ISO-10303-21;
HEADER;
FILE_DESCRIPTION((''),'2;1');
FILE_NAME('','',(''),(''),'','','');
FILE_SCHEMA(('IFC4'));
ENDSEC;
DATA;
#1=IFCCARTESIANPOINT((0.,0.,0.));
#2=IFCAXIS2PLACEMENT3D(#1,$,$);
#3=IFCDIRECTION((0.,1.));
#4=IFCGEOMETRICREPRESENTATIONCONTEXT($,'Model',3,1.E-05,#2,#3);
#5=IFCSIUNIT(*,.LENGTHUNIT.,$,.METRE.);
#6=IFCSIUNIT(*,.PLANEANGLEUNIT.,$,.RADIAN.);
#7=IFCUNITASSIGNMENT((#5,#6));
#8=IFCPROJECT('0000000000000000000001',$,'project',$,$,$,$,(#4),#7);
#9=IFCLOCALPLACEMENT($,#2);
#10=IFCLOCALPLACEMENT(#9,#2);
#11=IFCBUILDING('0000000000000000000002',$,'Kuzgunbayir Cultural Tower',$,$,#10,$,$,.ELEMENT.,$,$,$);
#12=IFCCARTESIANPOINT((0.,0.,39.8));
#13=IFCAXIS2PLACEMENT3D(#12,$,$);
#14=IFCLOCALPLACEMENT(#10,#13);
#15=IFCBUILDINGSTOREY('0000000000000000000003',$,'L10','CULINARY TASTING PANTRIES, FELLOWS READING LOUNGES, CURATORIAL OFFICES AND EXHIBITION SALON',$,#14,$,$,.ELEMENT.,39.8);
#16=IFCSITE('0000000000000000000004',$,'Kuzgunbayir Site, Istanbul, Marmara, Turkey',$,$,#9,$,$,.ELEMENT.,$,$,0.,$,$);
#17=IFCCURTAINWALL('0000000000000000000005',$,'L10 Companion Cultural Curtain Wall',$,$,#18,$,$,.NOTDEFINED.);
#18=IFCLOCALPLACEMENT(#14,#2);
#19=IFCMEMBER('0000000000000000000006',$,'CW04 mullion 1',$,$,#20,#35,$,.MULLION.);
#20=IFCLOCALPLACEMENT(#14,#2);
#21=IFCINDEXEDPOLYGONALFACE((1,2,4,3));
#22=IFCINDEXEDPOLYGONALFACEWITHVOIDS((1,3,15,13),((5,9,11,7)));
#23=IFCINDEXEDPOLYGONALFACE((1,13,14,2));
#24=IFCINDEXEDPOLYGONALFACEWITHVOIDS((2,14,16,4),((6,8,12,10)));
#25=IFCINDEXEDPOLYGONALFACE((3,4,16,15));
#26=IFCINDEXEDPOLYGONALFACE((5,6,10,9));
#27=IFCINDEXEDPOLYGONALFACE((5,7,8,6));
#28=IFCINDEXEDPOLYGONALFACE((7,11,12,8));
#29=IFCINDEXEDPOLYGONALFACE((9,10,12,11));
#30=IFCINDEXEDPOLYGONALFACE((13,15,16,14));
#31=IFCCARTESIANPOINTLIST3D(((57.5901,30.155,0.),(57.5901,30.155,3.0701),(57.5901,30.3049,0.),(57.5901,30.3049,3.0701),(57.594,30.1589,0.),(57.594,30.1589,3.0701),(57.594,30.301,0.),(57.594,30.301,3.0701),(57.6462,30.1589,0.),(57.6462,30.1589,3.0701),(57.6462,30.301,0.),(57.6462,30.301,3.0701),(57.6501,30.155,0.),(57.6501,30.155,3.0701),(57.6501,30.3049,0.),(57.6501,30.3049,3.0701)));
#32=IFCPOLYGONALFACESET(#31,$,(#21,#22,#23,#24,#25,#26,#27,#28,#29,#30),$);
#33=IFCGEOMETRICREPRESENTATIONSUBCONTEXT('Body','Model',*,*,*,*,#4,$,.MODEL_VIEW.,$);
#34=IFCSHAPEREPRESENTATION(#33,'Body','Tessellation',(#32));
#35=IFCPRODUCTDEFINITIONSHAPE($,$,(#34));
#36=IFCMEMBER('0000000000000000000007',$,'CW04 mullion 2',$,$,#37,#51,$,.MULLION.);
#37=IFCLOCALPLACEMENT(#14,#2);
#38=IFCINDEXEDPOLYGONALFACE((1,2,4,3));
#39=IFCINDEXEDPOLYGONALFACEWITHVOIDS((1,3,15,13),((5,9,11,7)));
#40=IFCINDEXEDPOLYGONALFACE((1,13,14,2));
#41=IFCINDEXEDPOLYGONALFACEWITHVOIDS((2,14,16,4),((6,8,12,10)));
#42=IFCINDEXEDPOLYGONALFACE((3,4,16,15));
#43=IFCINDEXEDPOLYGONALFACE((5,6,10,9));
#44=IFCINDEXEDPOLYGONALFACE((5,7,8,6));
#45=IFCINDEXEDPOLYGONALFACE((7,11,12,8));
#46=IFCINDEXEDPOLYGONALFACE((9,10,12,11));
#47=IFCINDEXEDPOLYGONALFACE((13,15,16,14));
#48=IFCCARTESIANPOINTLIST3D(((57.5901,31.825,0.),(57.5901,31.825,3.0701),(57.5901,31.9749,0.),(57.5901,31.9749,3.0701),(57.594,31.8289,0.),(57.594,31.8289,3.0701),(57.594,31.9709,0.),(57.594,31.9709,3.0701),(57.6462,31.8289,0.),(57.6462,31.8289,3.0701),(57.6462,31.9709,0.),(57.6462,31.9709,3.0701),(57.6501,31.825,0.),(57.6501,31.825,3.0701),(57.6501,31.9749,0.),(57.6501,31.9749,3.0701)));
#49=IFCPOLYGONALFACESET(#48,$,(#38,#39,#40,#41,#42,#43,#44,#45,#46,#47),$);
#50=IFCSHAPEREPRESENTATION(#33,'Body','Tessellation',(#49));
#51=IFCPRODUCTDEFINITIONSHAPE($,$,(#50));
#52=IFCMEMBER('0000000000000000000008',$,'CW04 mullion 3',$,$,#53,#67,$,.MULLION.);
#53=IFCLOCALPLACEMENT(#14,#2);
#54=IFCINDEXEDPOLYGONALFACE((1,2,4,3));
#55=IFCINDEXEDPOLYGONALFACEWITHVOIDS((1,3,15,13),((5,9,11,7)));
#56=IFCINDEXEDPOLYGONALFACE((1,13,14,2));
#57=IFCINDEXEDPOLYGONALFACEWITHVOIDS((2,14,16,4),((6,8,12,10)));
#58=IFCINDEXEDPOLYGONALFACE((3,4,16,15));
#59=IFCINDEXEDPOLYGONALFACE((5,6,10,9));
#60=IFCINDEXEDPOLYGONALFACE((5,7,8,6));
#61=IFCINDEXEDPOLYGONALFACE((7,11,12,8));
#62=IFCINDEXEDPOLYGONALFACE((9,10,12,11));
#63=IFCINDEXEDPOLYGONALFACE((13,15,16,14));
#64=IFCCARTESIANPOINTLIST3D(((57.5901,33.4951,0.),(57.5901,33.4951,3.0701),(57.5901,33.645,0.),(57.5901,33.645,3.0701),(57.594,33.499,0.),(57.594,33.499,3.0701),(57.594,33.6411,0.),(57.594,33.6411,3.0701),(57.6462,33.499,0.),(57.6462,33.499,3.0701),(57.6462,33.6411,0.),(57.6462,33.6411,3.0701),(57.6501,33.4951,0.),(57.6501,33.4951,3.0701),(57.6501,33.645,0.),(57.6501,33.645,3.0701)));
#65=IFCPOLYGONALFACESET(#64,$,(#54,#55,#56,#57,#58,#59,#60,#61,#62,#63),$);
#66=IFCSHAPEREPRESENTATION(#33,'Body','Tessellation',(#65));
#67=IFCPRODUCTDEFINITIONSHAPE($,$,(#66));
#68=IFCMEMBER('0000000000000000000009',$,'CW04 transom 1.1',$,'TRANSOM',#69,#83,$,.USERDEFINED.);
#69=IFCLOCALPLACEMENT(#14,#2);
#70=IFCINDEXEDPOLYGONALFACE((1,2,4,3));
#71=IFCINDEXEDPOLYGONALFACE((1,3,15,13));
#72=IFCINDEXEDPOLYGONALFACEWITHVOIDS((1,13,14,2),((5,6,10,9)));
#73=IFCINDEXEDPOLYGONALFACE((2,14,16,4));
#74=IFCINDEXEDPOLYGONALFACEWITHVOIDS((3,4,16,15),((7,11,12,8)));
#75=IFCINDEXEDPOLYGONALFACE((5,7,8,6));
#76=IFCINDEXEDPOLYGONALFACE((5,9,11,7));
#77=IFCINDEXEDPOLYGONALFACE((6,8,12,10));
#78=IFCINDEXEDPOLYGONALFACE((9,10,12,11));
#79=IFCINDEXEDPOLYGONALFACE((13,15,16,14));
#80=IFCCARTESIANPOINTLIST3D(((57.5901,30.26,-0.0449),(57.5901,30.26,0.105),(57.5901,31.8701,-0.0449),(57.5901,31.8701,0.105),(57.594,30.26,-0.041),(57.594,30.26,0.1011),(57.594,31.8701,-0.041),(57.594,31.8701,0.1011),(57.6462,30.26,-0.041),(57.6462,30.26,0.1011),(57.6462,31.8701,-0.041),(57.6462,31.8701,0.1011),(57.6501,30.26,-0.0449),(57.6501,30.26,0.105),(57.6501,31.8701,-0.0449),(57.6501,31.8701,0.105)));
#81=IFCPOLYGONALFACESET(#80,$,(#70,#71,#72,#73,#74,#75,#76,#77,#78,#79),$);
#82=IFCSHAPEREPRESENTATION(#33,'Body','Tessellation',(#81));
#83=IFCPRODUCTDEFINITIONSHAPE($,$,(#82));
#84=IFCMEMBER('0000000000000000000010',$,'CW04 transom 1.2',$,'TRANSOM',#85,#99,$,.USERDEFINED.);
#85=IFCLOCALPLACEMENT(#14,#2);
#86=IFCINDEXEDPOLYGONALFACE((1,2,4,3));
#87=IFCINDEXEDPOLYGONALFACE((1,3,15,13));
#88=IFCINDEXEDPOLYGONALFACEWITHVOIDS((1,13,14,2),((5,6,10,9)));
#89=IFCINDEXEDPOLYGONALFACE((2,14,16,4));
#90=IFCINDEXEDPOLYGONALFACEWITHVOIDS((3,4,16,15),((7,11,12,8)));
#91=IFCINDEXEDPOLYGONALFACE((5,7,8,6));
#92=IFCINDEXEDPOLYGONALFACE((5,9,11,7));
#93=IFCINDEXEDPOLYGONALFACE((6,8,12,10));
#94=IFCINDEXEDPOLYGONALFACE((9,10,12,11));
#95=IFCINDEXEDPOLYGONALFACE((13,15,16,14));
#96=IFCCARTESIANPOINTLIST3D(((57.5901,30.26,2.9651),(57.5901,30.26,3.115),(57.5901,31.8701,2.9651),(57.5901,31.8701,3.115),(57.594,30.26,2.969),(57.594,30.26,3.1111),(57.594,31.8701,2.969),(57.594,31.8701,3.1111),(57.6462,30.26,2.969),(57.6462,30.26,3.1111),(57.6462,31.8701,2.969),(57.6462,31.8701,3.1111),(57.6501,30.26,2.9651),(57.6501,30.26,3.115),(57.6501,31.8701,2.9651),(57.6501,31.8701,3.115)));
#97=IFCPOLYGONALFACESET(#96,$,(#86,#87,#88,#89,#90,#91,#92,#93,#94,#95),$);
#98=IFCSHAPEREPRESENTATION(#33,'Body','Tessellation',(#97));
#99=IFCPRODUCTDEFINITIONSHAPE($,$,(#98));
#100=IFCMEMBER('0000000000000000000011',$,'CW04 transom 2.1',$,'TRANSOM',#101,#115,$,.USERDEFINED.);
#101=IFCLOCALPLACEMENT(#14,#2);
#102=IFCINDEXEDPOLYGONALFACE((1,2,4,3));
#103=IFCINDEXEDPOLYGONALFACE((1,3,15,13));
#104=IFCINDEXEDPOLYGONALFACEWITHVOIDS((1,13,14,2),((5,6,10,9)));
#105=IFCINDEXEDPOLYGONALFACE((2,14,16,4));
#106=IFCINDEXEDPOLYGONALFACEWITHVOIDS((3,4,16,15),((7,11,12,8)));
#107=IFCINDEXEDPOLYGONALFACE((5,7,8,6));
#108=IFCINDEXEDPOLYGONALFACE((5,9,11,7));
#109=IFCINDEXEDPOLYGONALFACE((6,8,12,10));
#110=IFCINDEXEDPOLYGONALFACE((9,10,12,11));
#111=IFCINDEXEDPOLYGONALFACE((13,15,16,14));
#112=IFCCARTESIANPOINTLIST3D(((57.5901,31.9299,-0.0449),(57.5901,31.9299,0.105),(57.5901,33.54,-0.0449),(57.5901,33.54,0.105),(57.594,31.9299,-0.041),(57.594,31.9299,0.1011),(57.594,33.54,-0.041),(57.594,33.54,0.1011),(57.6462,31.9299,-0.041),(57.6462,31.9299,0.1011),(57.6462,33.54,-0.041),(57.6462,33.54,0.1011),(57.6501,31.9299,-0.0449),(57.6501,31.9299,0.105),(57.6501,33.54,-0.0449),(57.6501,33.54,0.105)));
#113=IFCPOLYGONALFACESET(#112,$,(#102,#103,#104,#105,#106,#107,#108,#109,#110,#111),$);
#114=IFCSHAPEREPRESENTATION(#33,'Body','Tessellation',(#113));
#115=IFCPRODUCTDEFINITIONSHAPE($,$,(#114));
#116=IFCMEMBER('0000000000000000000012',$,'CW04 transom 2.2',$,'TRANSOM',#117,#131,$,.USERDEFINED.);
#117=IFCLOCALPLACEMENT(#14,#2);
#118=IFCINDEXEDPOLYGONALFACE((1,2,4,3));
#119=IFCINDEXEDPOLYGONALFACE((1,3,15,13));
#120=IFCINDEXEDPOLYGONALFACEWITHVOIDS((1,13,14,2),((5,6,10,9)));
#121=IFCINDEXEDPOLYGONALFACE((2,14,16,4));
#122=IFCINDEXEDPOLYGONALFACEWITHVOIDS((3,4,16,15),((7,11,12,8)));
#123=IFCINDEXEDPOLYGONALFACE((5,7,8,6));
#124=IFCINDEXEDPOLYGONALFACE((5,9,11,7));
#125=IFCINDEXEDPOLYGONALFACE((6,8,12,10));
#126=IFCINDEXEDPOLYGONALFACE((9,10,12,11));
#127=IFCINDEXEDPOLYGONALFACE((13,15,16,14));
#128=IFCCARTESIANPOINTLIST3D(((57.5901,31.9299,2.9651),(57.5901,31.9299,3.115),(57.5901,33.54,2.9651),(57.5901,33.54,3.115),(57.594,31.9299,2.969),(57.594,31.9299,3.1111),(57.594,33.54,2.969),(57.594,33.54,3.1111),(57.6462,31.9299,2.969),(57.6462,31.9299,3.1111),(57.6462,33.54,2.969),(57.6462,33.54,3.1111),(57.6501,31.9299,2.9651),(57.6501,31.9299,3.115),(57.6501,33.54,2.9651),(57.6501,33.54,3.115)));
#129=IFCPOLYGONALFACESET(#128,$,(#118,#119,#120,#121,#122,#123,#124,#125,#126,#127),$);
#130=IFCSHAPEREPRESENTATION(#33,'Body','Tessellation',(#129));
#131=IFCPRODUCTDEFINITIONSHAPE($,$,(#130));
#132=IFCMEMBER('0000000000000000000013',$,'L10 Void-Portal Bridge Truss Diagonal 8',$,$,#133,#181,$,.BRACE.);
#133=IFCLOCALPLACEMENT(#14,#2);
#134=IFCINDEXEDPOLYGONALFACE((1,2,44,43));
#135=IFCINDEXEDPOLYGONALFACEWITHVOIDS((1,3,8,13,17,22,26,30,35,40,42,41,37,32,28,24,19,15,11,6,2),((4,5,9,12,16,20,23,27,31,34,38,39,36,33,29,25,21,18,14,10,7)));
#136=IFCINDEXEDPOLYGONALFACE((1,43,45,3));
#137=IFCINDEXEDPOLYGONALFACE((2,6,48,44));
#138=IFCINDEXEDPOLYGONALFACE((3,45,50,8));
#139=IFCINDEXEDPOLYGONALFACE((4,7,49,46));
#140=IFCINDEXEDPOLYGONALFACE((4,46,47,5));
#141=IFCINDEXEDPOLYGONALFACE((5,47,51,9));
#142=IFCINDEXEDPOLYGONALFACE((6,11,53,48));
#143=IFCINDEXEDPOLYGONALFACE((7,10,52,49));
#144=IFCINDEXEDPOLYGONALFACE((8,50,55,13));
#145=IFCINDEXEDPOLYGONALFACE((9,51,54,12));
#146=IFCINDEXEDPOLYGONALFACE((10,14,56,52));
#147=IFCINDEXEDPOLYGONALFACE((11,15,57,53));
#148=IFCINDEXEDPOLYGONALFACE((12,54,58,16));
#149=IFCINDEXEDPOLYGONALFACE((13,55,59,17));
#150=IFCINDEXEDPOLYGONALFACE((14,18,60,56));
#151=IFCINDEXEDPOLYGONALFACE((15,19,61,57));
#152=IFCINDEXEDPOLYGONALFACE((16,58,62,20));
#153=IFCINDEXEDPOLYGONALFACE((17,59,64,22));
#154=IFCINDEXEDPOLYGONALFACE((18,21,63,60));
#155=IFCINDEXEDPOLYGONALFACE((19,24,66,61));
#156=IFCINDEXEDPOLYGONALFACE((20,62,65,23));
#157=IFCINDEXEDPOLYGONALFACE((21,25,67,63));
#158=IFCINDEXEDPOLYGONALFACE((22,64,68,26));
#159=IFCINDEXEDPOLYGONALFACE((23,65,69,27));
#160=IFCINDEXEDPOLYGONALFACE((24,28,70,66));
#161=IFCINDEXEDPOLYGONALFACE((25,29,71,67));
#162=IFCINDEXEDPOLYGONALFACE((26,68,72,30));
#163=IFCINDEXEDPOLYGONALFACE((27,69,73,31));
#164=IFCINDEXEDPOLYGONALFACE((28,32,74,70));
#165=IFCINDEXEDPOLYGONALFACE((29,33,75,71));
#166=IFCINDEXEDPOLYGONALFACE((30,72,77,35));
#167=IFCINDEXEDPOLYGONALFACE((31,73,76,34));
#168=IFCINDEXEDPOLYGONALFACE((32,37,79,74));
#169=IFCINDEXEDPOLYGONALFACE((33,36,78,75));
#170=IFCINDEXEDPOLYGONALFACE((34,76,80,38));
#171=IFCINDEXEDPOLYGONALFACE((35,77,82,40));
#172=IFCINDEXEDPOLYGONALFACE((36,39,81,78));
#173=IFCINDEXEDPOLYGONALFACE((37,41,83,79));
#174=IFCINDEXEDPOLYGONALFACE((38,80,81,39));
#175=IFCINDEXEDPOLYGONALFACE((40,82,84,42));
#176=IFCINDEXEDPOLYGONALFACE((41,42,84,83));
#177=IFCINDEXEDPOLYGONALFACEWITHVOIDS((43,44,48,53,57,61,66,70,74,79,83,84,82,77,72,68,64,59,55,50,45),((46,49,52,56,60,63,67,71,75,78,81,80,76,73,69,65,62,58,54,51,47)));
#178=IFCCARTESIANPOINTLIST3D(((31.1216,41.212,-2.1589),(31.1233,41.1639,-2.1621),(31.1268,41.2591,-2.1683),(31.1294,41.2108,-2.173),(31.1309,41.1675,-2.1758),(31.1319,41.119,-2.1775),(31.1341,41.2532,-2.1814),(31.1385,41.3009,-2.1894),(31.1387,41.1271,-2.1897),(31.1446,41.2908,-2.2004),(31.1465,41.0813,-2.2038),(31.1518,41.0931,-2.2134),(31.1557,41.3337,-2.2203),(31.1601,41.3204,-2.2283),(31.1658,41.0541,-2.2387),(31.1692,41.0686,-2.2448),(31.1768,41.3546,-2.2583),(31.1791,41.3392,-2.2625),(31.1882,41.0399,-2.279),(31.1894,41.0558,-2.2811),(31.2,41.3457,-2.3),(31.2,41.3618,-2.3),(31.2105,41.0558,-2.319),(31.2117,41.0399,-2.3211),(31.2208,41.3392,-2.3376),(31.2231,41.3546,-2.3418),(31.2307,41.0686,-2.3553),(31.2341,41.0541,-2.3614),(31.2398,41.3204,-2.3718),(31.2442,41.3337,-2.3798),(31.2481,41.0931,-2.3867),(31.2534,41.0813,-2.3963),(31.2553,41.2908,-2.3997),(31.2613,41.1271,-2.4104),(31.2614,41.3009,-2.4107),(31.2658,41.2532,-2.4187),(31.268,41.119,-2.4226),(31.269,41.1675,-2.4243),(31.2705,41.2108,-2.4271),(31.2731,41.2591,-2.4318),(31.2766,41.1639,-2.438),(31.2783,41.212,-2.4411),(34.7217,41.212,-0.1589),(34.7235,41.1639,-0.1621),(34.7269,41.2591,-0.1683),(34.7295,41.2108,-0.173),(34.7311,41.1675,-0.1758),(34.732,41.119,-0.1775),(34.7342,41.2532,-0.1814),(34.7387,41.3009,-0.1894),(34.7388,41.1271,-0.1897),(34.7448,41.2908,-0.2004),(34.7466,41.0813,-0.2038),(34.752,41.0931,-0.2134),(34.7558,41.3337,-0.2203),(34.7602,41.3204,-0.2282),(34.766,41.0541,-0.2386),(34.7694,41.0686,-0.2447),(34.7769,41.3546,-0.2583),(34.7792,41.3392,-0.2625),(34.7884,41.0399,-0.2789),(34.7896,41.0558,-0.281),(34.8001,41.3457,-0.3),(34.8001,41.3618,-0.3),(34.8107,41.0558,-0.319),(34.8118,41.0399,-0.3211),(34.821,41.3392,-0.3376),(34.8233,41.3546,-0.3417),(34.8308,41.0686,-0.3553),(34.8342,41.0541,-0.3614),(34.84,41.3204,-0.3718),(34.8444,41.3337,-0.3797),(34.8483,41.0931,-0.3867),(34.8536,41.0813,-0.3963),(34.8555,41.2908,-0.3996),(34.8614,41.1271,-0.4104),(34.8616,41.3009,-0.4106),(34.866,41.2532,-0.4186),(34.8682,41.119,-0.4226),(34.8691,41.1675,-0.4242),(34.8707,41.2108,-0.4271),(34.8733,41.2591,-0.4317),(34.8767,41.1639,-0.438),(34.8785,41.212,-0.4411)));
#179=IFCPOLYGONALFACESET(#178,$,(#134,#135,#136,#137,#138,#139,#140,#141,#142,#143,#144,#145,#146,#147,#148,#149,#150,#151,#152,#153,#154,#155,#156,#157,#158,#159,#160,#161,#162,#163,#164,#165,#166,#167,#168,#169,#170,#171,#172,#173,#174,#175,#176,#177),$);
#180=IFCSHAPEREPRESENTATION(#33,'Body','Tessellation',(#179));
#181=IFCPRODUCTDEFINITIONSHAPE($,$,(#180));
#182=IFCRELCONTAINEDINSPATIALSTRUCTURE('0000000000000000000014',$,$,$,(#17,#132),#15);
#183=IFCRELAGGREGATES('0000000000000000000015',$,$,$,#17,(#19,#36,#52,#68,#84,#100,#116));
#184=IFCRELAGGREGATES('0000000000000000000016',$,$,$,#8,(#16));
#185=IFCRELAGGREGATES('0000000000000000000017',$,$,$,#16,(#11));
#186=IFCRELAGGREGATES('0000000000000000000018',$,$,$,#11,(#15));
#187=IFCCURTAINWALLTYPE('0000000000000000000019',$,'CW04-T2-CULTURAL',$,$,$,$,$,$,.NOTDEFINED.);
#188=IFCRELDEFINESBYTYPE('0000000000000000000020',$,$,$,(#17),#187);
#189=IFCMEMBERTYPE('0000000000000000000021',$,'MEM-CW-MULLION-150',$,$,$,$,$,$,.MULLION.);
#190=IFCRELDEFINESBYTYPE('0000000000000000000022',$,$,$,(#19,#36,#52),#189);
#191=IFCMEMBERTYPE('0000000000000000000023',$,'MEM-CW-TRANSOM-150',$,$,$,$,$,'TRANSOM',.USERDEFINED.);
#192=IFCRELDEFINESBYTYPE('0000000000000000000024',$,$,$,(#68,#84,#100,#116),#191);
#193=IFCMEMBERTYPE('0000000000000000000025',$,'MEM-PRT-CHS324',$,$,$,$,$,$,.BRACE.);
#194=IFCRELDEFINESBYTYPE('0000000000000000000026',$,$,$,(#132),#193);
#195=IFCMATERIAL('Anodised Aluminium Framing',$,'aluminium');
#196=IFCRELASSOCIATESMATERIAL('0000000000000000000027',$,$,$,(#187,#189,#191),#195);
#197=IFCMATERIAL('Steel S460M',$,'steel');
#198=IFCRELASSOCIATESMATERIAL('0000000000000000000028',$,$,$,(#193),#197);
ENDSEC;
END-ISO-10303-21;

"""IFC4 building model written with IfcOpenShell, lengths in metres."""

from ifc_helpers import new_model, si_unit, direction, frame, origin, origin_2d, place, context, subcontext, project, spatial, hollow_rectangle, hollow_circle, extrude, material, material_profile, profile_set, type_object, element, aggregate, save


model = new_model("IFC4")

# Units and contexts
model_context = context("Model", 3, precision=1e-05, world=origin(), true_north=direction((0.0, 1.0)))
body_context = subcontext(model_context, "Body", "Model", "MODEL_VIEW")
ifc_project = project(units=[si_unit("LENGTHUNIT", "METRE"), si_unit("PLANEANGLEUNIT", "RADIAN")], contexts=[model_context])

# Site, building, storey
site_placement = place(None, origin())
site = spatial("IfcSite", under=ifc_project, at=site_placement, Name="Kuzgunbayir Site, Istanbul, Marmara, Turkey", CompositionType="ELEMENT", RefElevation=0.0)
building_placement = place(site_placement, origin())
building = spatial("IfcBuilding", under=site, at=building_placement, Name="Kuzgunbayir Cultural Tower", CompositionType="ELEMENT")
storey_placement = place(building_placement, frame((0.0, 0.0, 39.8)))
storey = spatial("IfcBuildingStorey", under=building, at=storey_placement, Name="L10", Description="CULINARY TASTING PANTRIES, FELLOWS READING LOUNGES, CURATORIAL OFFICES AND EXHIBITION SALON", CompositionType="ELEMENT", Elevation=39.8)

# Shared definitions
ifc_material_1 = material(Name="Steel S460M", Category="steel")

# Curtain wall, members
ifc_material_2 = material(Name="Anodised Aluminium Framing", Category="aluminium")
curtain_wall_type = type_object("IfcCurtainWallType", Name="CW04-T2-CULTURAL", PredefinedType="NOTDEFINED", material=ifc_material_2)
curtain_wall_placement = place(storey_placement, origin())
curtain_wall = element("IfcCurtainWall", 1, at=curtain_wall_placement, inside=storey, type_object=curtain_wall_type, Name="L10 Companion Cultural Curtain Wall", PredefinedType="NOTDEFINED")
ifc_material_profile_1 = material_profile(ifc_material_2, hollow_rectangle(XDim=0.0601, YDim=0.1499, WallThickness=0.0039, at=origin_2d()), Name="RHS 150x60x4")
ifc_profile_set_1 = profile_set([ifc_material_profile_1], Name="Anodised Aluminium Framing")
member_type_1 = type_object("IfcMemberType", Name="MEM-CW-MULLION-150", PredefinedType="MULLION", material=ifc_profile_set_1)
member_1_placement = place(storey_placement, frame((57.6201, 30.23, 0.0), z_axis=(0.0, 0.0, 1.0), x_axis=(-1.0, 0.0, 0.0)))
member_1 = element("IfcMember", 2, at=member_1_placement, type_object=member_type_1, Name="CW04 mullion 1", PredefinedType="MULLION", context=body_context, shape_type="SweptSolid", body=[
    extrude(hollow_rectangle(XDim=0.0601, YDim=0.1499, WallThickness=0.0039, at=origin_2d()), origin(), (0.0, 0.0, 1.0), 3.0701),
])
member_2_placement = place(storey_placement, frame((57.6201, 31.8999, 0.0), z_axis=(0.0, 0.0, 1.0), x_axis=(-1.0, 0.0, 0.0)))
member_2 = element("IfcMember", 3, at=member_2_placement, type_object=member_type_1, Name="CW04 mullion 2", PredefinedType="MULLION", context=body_context, shape_type="SweptSolid", body=[
    extrude(hollow_rectangle(XDim=0.0601, YDim=0.1499, WallThickness=0.0039, at=origin_2d()), origin(), (0.0, 0.0, 1.0), 3.0701),
])
member_3_placement = place(storey_placement, frame((57.6201, 33.5701, 0.0), z_axis=(0.0, 0.0, 1.0), x_axis=(-1.0, 0.0, 0.0)))
member_3 = element("IfcMember", 4, at=member_3_placement, type_object=member_type_1, Name="CW04 mullion 3", PredefinedType="MULLION", context=body_context, shape_type="SweptSolid", body=[
    extrude(hollow_rectangle(XDim=0.0601, YDim=0.1499, WallThickness=0.0039, at=origin_2d()), origin(), (0.0, 0.0, 1.0), 3.0701),
])
ifc_material_profile_2 = material_profile(ifc_material_2, hollow_rectangle(XDim=0.0601, YDim=0.1499, WallThickness=0.0039, at=origin_2d()), Name="RHS 150x60x4")
ifc_profile_set_2 = profile_set([ifc_material_profile_2], Name="Anodised Aluminium Framing")
member_type_2 = type_object("IfcMemberType", Name="MEM-CW-TRANSOM-150", ElementType="TRANSOM", PredefinedType="USERDEFINED", material=ifc_profile_set_2)
member_4_placement = place(storey_placement, frame((57.6201, 30.26, 0.03), z_axis=(0.0, 1.0, 0.0), x_axis=(-1.0, 0.0, 0.0)))
member_4 = element("IfcMember", 5, at=member_4_placement, type_object=member_type_2, Name="CW04 transom 1.1", ObjectType="TRANSOM", PredefinedType="USERDEFINED", context=body_context, shape_type="SweptSolid", body=[
    extrude(hollow_rectangle(XDim=0.0601, YDim=0.1499, WallThickness=0.0039, at=origin_2d()), origin(), (0.0, 0.0, 1.0), 1.6101),
])
member_5_placement = place(storey_placement, frame((57.6201, 30.26, 3.04), z_axis=(0.0, 1.0, 0.0), x_axis=(-1.0, 0.0, 0.0)))
member_5 = element("IfcMember", 6, at=member_5_placement, type_object=member_type_2, Name="CW04 transom 1.2", ObjectType="TRANSOM", PredefinedType="USERDEFINED", context=body_context, shape_type="SweptSolid", body=[
    extrude(hollow_rectangle(XDim=0.0601, YDim=0.1499, WallThickness=0.0039, at=origin_2d()), origin(), (0.0, 0.0, 1.0), 1.6101),
])
member_6_placement = place(storey_placement, frame((57.6201, 31.9299, 0.03), z_axis=(0.0, 1.0, 0.0), x_axis=(-1.0, 0.0, 0.0)))
member_6 = element("IfcMember", 7, at=member_6_placement, type_object=member_type_2, Name="CW04 transom 2.1", ObjectType="TRANSOM", PredefinedType="USERDEFINED", context=body_context, shape_type="SweptSolid", body=[
    extrude(hollow_rectangle(XDim=0.0601, YDim=0.1499, WallThickness=0.0039, at=origin_2d()), origin(), (0.0, 0.0, 1.0), 1.6101),
])
member_7_placement = place(storey_placement, frame((57.6201, 31.9299, 3.04), z_axis=(0.0, 1.0, 0.0), x_axis=(-1.0, 0.0, 0.0)))
member_7 = element("IfcMember", 8, at=member_7_placement, type_object=member_type_2, Name="CW04 transom 2.2", ObjectType="TRANSOM", PredefinedType="USERDEFINED", context=body_context, shape_type="SweptSolid", body=[
    extrude(hollow_rectangle(XDim=0.0601, YDim=0.1499, WallThickness=0.0039, at=origin_2d()), origin(), (0.0, 0.0, 1.0), 1.6101),
])

# Member
ifc_material_profile_3 = material_profile(ifc_material_1, hollow_circle(Radius=0.1619, WallThickness=0.0161, at=origin_2d()), Name="CHS 323.9x16")
ifc_profile_set_3 = profile_set([ifc_material_profile_3], Name="Steel S460M")
member_type_3 = type_object("IfcMemberType", Name="MEM-PRT-CHS324", PredefinedType="BRACE", material=ifc_profile_set_3)
member_8_placement = place(storey_placement, frame((31.2, 41.2, -2.3), z_axis=(0.874163, 0.0, 0.485633), x_axis=(0.0, 1.0, 0.0)))
element("IfcMember", 9, at=member_8_placement, inside=storey, type_object=member_type_3, Name="L10 Void-Portal Bridge Truss Diagonal 8", PredefinedType="BRACE", context=body_context, shape_type="SweptSolid", body=[
    extrude(hollow_circle(Radius=0.1619, WallThickness=0.0161, at=origin_2d()), origin(), (0.0, 0.0, 1.0), 4.1184),
])

aggregate(curtain_wall, [member_1, member_2, member_3, member_4, member_5, member_6, member_7])

save(model, "model.ifc")
